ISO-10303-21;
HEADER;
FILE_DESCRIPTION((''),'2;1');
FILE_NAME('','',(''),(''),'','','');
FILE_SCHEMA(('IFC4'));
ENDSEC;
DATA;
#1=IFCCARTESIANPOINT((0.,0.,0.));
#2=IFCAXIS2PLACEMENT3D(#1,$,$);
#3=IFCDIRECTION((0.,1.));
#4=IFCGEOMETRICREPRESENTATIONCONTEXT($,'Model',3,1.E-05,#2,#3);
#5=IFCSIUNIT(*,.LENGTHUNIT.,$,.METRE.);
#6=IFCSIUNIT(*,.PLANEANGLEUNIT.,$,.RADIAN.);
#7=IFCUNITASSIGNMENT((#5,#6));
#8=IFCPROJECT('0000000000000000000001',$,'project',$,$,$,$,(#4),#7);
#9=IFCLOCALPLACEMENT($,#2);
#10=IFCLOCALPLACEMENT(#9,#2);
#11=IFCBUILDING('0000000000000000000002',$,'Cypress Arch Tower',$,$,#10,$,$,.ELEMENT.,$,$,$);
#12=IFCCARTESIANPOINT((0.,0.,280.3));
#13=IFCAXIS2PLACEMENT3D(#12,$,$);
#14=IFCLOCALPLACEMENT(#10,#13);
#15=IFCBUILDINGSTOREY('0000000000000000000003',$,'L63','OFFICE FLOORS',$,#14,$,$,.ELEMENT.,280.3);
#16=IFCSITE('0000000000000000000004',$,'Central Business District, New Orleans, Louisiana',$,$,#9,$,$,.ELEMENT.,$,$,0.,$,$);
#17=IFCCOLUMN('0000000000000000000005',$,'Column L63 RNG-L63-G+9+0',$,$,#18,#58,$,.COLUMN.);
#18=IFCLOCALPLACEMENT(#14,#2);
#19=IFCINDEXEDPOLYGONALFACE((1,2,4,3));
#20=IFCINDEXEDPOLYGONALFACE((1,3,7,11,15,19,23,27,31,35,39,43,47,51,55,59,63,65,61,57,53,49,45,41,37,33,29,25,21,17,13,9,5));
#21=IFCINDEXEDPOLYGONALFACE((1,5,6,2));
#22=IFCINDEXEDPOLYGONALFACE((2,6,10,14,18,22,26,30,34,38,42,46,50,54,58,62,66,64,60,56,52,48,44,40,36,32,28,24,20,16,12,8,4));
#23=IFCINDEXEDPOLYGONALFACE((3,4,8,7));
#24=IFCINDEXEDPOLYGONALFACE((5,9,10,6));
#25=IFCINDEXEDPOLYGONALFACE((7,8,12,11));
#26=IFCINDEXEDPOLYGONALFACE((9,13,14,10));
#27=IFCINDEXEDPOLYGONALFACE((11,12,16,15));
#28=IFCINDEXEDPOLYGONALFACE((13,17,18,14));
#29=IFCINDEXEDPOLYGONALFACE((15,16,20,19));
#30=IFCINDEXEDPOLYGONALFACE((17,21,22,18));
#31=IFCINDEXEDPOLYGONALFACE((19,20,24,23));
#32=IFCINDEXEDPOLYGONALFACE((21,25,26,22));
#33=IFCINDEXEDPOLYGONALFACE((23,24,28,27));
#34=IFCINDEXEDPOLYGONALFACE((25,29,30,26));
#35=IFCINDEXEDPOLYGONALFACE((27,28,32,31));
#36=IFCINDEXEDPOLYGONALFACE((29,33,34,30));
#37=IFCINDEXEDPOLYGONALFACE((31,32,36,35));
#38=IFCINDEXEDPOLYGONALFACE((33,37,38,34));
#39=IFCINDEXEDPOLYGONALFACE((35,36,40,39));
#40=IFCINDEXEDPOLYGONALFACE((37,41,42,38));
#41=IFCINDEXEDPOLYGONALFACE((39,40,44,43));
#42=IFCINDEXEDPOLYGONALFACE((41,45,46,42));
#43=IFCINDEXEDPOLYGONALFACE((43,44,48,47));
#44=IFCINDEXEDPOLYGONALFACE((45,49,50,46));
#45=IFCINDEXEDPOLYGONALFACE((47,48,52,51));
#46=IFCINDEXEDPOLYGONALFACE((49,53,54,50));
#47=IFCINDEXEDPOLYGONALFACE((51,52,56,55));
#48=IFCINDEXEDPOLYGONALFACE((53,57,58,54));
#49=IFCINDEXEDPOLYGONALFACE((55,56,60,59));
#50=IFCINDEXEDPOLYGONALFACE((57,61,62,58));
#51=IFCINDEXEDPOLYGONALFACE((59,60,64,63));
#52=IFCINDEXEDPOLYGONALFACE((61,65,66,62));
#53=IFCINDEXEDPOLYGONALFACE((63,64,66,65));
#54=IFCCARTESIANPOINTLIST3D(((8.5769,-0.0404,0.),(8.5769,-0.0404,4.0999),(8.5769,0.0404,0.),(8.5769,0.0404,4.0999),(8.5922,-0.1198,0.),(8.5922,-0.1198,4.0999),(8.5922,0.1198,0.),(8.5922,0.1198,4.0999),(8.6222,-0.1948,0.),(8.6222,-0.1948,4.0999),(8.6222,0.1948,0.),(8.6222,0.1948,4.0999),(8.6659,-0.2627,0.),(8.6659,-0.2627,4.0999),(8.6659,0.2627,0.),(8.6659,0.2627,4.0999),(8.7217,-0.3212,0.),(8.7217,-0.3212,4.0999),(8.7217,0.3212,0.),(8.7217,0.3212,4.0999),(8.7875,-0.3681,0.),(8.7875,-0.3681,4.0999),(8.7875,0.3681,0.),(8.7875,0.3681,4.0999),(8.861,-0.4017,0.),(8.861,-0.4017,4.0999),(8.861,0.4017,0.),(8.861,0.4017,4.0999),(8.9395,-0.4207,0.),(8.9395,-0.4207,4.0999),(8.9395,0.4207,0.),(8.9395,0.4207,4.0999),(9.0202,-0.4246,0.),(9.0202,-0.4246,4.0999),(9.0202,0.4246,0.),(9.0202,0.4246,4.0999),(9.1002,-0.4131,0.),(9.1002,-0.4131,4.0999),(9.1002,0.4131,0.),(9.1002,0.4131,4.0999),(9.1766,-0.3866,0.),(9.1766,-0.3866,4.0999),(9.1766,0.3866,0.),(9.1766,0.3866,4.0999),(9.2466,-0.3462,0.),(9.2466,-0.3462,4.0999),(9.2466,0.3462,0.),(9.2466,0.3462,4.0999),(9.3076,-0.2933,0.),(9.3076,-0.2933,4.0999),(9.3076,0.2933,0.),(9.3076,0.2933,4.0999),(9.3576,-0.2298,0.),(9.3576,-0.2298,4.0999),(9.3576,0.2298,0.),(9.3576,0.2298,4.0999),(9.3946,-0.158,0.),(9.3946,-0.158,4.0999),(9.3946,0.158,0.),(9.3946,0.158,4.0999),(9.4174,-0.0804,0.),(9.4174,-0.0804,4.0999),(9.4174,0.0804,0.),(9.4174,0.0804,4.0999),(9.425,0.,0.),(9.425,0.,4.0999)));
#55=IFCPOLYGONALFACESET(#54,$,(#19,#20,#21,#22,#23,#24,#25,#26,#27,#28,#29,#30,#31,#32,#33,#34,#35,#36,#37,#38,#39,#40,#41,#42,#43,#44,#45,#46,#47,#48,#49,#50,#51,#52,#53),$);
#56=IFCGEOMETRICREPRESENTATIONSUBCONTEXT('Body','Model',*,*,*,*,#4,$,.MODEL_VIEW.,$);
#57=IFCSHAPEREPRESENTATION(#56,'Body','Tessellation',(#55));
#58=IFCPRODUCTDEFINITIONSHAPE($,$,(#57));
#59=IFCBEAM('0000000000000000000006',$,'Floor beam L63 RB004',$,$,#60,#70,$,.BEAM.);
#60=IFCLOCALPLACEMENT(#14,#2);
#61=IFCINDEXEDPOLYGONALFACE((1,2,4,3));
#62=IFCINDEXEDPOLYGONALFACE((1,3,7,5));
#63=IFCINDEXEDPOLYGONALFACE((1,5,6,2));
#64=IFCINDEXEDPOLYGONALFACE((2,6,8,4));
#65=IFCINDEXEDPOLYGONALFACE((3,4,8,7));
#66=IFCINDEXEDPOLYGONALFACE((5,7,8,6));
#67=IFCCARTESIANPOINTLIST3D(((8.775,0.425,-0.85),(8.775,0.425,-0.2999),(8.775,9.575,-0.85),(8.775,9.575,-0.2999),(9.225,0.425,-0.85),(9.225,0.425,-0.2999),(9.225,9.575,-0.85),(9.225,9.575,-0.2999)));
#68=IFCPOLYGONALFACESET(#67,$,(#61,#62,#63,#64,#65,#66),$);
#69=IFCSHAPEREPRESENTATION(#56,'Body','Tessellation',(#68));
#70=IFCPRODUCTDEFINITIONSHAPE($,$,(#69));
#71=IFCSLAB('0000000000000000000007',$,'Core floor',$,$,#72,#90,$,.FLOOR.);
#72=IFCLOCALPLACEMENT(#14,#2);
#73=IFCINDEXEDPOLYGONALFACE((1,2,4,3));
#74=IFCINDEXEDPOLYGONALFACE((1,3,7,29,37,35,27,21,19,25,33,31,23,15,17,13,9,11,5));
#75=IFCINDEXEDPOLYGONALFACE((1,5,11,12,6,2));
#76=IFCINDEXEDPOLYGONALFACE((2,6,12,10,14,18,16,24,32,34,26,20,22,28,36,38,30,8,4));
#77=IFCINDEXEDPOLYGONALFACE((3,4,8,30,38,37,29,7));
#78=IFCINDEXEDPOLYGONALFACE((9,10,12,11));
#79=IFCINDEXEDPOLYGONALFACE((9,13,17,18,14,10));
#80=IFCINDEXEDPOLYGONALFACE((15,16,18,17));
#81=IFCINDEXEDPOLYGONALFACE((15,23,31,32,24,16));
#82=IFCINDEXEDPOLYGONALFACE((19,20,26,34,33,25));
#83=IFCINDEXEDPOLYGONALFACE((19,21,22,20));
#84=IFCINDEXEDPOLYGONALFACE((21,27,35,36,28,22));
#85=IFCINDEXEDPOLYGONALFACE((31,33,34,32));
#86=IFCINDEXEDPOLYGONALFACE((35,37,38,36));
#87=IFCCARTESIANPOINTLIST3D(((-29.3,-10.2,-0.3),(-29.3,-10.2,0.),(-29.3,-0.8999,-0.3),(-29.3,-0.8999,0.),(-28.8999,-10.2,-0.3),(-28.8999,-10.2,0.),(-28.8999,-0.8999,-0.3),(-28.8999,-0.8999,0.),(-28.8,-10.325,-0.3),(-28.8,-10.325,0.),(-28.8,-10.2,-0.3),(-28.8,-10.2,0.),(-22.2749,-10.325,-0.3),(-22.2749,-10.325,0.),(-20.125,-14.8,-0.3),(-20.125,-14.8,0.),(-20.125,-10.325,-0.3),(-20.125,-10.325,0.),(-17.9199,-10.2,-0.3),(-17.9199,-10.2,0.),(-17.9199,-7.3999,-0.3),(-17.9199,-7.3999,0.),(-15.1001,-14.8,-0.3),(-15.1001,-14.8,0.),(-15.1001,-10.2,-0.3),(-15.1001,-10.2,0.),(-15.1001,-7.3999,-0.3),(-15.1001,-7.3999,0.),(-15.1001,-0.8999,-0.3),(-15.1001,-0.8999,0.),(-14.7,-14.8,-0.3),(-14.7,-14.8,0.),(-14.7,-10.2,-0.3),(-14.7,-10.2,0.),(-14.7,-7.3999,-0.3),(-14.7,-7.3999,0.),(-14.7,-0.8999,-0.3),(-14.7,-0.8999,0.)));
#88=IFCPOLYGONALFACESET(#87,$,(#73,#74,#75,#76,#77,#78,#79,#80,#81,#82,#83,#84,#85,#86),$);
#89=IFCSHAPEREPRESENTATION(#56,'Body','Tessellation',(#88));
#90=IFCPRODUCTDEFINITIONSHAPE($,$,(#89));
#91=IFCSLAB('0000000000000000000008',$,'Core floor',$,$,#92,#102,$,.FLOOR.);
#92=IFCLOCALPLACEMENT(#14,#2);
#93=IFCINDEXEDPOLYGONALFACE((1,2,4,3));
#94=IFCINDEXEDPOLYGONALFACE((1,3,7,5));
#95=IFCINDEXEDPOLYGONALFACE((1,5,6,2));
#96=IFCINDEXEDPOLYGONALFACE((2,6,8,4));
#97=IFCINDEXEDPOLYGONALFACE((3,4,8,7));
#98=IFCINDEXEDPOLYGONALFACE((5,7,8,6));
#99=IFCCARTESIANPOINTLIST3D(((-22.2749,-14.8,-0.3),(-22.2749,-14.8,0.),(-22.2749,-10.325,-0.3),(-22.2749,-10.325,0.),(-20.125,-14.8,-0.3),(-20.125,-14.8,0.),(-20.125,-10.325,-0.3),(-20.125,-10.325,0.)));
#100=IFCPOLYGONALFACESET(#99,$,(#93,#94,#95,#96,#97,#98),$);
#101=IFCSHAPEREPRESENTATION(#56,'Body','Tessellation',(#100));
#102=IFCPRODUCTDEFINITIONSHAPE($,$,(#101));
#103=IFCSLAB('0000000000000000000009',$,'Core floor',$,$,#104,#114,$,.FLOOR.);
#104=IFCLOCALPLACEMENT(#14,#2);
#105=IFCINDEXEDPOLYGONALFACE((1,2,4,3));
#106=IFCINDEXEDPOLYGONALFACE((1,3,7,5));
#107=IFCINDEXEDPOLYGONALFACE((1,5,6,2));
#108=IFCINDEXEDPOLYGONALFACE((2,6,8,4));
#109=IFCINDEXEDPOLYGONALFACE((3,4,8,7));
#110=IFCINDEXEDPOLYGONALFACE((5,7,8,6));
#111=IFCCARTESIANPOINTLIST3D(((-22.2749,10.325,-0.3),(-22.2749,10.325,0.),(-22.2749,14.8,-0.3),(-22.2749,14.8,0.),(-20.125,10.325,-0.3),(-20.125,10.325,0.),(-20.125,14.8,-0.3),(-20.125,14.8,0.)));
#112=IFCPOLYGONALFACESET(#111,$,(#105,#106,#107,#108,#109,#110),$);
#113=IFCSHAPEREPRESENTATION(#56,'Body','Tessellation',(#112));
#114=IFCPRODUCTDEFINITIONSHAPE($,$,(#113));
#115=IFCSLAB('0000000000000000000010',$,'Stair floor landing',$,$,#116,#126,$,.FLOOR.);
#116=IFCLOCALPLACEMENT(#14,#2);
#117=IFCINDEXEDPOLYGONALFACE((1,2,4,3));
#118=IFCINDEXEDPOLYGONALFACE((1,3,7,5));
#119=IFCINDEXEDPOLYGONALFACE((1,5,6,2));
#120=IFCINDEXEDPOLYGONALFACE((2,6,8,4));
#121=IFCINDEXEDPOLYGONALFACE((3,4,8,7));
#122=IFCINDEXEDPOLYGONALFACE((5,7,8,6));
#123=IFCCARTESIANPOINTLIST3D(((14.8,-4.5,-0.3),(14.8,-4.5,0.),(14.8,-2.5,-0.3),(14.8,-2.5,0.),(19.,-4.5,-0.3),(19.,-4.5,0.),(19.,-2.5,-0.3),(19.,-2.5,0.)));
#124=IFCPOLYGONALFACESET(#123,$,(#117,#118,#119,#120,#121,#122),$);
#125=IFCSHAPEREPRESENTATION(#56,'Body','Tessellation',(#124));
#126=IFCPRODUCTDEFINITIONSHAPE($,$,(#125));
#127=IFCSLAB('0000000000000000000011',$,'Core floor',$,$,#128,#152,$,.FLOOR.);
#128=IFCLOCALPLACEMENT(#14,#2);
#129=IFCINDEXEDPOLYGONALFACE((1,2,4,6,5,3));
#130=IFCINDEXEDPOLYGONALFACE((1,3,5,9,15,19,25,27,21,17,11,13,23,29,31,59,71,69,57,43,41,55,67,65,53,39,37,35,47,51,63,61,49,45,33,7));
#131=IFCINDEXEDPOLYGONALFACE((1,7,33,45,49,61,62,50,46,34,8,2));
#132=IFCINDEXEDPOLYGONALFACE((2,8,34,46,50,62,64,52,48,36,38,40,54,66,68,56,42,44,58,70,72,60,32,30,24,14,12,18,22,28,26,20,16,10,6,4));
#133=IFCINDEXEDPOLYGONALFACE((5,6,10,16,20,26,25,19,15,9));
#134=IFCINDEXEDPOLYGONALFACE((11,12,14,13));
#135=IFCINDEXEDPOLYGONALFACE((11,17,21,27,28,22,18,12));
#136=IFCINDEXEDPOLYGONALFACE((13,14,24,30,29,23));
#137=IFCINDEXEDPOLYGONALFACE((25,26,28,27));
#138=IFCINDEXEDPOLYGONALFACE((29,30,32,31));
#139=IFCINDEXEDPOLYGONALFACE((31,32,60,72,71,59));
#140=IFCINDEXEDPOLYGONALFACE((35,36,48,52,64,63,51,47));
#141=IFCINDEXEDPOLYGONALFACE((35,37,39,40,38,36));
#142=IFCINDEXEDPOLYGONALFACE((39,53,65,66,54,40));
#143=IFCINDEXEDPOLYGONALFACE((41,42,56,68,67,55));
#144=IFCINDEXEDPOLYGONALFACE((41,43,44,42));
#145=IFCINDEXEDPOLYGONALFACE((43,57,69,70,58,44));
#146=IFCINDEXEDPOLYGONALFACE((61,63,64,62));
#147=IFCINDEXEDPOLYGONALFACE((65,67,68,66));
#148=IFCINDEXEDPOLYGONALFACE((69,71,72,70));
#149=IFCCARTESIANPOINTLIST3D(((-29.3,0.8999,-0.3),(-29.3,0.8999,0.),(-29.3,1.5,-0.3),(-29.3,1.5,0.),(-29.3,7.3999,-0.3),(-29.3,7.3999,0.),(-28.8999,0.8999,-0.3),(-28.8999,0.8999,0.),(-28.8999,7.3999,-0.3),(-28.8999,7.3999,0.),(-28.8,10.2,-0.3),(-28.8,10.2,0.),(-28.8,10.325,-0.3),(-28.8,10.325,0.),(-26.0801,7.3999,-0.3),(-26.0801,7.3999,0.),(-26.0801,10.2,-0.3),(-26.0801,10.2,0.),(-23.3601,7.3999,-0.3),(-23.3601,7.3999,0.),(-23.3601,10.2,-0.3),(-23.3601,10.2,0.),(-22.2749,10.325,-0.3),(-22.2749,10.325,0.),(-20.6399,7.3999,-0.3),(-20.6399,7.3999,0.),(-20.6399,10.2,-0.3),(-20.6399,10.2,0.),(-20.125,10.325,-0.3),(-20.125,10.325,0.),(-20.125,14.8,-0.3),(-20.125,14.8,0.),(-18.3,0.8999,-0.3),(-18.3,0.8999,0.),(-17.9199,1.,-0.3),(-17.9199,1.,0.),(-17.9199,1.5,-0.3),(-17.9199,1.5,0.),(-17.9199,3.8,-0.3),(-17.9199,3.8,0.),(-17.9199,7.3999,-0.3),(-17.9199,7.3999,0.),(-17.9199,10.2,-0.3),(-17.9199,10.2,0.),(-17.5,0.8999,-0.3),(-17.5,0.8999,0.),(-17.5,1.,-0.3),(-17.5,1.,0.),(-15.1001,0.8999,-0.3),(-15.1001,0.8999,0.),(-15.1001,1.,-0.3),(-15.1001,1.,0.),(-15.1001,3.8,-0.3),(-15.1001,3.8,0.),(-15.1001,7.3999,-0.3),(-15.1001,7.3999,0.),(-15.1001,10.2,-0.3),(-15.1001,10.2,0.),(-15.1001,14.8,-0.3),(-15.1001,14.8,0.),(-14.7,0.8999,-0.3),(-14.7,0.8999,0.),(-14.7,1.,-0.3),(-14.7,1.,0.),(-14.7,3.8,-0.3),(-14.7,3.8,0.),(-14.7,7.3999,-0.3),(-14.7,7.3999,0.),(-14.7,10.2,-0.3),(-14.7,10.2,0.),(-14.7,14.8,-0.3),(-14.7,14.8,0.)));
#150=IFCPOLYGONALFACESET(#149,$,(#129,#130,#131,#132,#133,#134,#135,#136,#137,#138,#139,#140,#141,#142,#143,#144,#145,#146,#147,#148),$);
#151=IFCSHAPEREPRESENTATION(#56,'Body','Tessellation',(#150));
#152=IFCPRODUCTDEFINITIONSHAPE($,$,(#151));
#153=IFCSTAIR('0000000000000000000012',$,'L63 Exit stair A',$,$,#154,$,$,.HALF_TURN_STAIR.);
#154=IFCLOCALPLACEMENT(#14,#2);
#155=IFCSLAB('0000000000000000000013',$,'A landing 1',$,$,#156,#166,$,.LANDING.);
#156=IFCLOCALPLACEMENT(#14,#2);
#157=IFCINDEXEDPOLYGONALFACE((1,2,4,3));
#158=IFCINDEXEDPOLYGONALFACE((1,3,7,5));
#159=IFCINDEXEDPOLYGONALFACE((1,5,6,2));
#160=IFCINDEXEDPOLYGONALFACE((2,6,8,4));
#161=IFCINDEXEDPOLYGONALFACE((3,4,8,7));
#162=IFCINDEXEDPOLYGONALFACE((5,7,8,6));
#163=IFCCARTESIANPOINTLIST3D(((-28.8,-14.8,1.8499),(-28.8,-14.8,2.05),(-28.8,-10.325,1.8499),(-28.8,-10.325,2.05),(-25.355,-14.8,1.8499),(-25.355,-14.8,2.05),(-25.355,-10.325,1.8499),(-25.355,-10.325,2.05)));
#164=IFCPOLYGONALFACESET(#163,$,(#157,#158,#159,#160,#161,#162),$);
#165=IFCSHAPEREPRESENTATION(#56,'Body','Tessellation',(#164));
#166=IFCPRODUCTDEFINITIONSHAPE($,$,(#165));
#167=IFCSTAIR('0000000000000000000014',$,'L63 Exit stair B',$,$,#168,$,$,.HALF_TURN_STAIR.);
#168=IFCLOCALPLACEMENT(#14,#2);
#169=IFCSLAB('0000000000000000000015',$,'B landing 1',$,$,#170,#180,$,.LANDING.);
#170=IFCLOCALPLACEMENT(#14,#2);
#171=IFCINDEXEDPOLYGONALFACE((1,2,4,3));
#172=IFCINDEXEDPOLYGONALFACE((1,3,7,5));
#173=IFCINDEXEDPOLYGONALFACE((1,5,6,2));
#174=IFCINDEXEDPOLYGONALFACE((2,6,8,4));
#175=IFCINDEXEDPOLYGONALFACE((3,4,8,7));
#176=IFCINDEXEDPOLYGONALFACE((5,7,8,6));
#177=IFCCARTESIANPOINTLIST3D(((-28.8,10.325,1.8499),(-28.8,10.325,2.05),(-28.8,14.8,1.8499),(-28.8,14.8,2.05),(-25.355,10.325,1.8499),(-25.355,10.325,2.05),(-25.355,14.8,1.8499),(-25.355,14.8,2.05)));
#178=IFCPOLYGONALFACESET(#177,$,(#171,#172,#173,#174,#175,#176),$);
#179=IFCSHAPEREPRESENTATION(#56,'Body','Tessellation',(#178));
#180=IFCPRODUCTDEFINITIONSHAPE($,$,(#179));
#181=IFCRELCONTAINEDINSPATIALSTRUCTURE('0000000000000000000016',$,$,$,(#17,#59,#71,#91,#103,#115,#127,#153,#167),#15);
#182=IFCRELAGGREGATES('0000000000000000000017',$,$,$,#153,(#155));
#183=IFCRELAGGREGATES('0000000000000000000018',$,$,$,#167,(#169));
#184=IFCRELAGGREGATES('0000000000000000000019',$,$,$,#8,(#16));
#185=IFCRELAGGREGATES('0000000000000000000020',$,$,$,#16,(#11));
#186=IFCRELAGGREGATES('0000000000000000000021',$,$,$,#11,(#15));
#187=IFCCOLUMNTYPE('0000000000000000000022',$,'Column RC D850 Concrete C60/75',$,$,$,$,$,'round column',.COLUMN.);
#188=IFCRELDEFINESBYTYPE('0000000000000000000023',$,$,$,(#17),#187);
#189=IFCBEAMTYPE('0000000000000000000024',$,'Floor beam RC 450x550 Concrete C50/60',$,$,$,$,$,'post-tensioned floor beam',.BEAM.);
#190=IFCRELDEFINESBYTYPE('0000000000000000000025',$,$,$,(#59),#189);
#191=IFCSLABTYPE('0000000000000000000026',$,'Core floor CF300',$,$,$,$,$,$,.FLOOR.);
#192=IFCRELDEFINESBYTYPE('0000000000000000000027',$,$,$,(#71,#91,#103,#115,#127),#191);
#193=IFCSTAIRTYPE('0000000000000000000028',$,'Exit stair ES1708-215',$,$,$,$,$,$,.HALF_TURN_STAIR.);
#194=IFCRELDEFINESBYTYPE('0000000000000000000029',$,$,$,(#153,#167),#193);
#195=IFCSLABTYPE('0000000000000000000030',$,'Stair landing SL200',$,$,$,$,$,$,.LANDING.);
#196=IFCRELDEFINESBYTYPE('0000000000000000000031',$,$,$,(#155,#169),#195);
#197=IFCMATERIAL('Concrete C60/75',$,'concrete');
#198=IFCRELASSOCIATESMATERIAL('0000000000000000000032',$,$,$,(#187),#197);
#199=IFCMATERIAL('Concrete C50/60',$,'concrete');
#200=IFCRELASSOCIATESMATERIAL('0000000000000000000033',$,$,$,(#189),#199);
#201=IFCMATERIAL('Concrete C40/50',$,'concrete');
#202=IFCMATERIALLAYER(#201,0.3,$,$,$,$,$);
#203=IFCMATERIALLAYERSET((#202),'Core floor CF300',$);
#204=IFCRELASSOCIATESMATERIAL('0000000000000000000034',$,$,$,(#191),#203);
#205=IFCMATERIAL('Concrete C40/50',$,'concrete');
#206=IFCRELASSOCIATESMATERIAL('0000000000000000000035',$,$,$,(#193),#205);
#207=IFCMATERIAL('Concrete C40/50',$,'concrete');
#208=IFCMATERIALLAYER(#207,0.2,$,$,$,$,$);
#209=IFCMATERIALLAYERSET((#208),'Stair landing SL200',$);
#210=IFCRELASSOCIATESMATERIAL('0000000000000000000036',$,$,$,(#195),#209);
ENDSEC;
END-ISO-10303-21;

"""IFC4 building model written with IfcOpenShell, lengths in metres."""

from ifc_helpers import new_model, si_unit, direction, frame, origin, origin_2d, place, context, subcontext, project, spatial, polyline, rectangle, circle, outline, extrude, material, layer, layer_set, material_profile, profile_set, type_object, element, aggregate, save


model = new_model("IFC4")

# Units and contexts
model_context = context("Model", 3, precision=1e-05, world=origin(), true_north=direction((0.0, 1.0)))
body_context = subcontext(model_context, "Body", "Model", "MODEL_VIEW")
ifc_project = project(units=[si_unit("LENGTHUNIT", "METRE"), si_unit("PLANEANGLEUNIT", "RADIAN")], contexts=[model_context])

# Site, building, storey
site_placement = place(None, origin())
site = spatial("IfcSite", under=ifc_project, at=site_placement, Name="Central Business District, New Orleans, Louisiana", CompositionType="ELEMENT", RefElevation=0.0)
building_placement = place(site_placement, origin())
building = spatial("IfcBuilding", under=site, at=building_placement, Name="Cypress Arch Tower", CompositionType="ELEMENT")
storey_placement = place(building_placement, frame((0.0, 0.0, 280.3)))
storey = spatial("IfcBuildingStorey", under=building, at=storey_placement, Name="L63", Description="OFFICE FLOORS", CompositionType="ELEMENT", Elevation=280.3)

# Column
ifc_material_1 = material(Name="Concrete C60/75", Category="concrete")
ifc_material_profile_1 = material_profile(ifc_material_1, circle(Radius=0.425, at=origin_2d()), Name="RC D850")
ifc_profile_set_1 = profile_set([ifc_material_profile_1], Name="Concrete C60/75")
column_type = type_object("IfcColumnType", Name="Column RC D850 Concrete C60/75", ElementType="round column", PredefinedType="COLUMN", material=ifc_profile_set_1)
column_placement = place(storey_placement, frame((9.0, 0.0, 0.0), z_axis=(0.0, 0.0, 1.0), x_axis=(1.0, 0.0, 0.0)))
element("IfcColumn", 1, at=column_placement, inside=storey, type_object=column_type, Name="Column L63 RNG-L63-G+9+0", PredefinedType="COLUMN", context=body_context, shape_type="SweptSolid", body=[
    extrude(circle(Radius=0.425, at=origin_2d()), origin(), (0.0, 0.0, 1.0), 4.0999),
])

# Beam
ifc_material_2 = material(Name="Concrete C50/60", Category="concrete")
ifc_material_profile_2 = material_profile(ifc_material_2, rectangle(XDim=0.45, YDim=0.55, at=origin_2d()), Name="RC 450x550")
ifc_profile_set_2 = profile_set([ifc_material_profile_2], Name="Concrete C50/60")
beam_type = type_object("IfcBeamType", Name="Floor beam RC 450x550 Concrete C50/60", ElementType="post-tensioned floor beam", PredefinedType="BEAM", material=ifc_profile_set_2)
beam_placement = place(storey_placement, frame((9.0, 0.425, -0.575), z_axis=(0.0, 1.0, 0.0), x_axis=(-1.0, 0.0, 0.0)))
element("IfcBeam", 2, at=beam_placement, inside=storey, type_object=beam_type, Name="Floor beam L63 RB004", PredefinedType="BEAM", context=body_context, shape_type="SweptSolid", body=[
    extrude(rectangle(XDim=0.45, YDim=0.55, at=origin_2d()), origin(), (0.0, 0.0, 1.0), 9.1499),
])

# Slabs
ifc_material_3 = material(Name="Concrete C40/50", Category="concrete")
ifc_layer_1 = layer(ifc_material_3, 0.3)
ifc_layer_set_1 = layer_set([ifc_layer_1], Name="Core floor CF300")
slab_type_1 = type_object("IfcSlabType", Name="Core floor CF300", PredefinedType="FLOOR", material=ifc_layer_set_1)
slab_1_placement = place(storey_placement, frame((0.0, 0.0, -0.3)))
element("IfcSlab", 3, at=slab_1_placement, inside=storey, type_object=slab_type_1, Name="Core floor", PredefinedType="FLOOR", context=body_context, shape_type="SweptSolid", body=[
    extrude(outline(polyline([(-28.8999, -10.2), (-29.3, -10.2), (-29.3, -0.8999), (-28.8999, -0.8999), (-15.1001, -0.8999), (-14.7, -0.8999), (-14.7, -7.3999), (-15.1001, -7.3999), (-17.9199, -7.3999), (-17.9199, -10.2), (-15.1001, -10.2), (-14.7, -10.2), (-14.7, -14.8), (-15.1001, -14.8), (-20.125, -14.8), (-20.125, -10.325), (-22.2749, -10.325), (-28.8, -10.325), (-28.8, -10.2), (-28.8999, -10.2)])), origin(), (0.0, 0.0, 1.0), 0.3),
])
slab_2_placement = place(storey_placement, frame((0.0, 0.0, -0.3)))
element("IfcSlab", 4, at=slab_2_placement, inside=storey, type_object=slab_type_1, Name="Core floor", PredefinedType="FLOOR", context=body_context, shape_type="SweptSolid", body=[
    extrude(outline(polyline([(-22.2749, -10.325), (-22.2749, -14.8), (-20.125, -14.8), (-20.125, -10.325), (-22.2749, -10.325)])), origin(), (0.0, 0.0, 1.0), 0.3),
])
slab_3_placement = place(storey_placement, frame((0.0, 0.0, -0.3)))
element("IfcSlab", 5, at=slab_3_placement, inside=storey, type_object=slab_type_1, Name="Core floor", PredefinedType="FLOOR", context=body_context, shape_type="SweptSolid", body=[
    extrude(outline(polyline([(-20.125, 14.8), (-22.2749, 14.8), (-22.2749, 10.325), (-20.125, 10.325), (-20.125, 14.8)])), origin(), (0.0, 0.0, 1.0), 0.3),
])
slab_4_placement = place(storey_placement, frame((0.0, 0.0, -0.3)))
element("IfcSlab", 6, at=slab_4_placement, inside=storey, type_object=slab_type_1, Name="Stair floor landing", PredefinedType="FLOOR", context=body_context, shape_type="SweptSolid", body=[
    extrude(outline(polyline([(19.0, -4.5), (19.0, -2.5), (14.8, -2.5), (14.8, -4.5), (19.0, -4.5)])), origin(), (0.0, 0.0, 1.0), 0.3),
])
slab_5_placement = place(storey_placement, frame((0.0, 0.0, -0.3)))
element("IfcSlab", 7, at=slab_5_placement, inside=storey, type_object=slab_type_1, Name="Core floor", PredefinedType="FLOOR", context=body_context, shape_type="SweptSolid", body=[
    extrude(outline(polyline([(-20.6399, 10.2), (-23.3601, 10.2), (-26.0801, 10.2), (-28.8, 10.2), (-28.8, 10.325), (-22.2749, 10.325), (-20.125, 10.325), (-20.125, 14.8), (-15.1001, 14.8), (-14.7, 14.8), (-14.7, 10.2), (-15.1001, 10.2), (-17.9199, 10.2), (-17.9199, 7.3999), (-15.1001, 7.3999), (-14.7, 7.3999), (-14.7, 3.8), (-15.1001, 3.8), (-17.9199, 3.8), (-17.9199, 1.5), (-17.9199, 1.0), (-17.5, 1.0), (-15.1001, 1.0), (-14.7, 1.0), (-14.7, 0.8999), (-15.1001, 0.8999), (-17.5, 0.8999), (-18.3, 0.8999), (-28.8999, 0.8999), (-29.3, 0.8999), (-29.3, 1.5), (-29.3, 7.3999), (-28.8999, 7.3999), (-26.0801, 7.3999), (-23.3601, 7.3999), (-20.6399, 7.3999), (-20.6399, 10.2)])), origin(), (0.0, 0.0, 1.0), 0.3),
])

# Stairs, slabs
ifc_material_4 = material(Name="Concrete C40/50", Category="concrete")
stair_type_1 = type_object("IfcStairType", Name="Exit stair ES1708-215", PredefinedType="HALF_TURN_STAIR", material=ifc_material_4)
stair_1_placement = place(storey_placement, origin())
stair_1 = element("IfcStair", 8, at=stair_1_placement, inside=storey, type_object=stair_type_1, Name="L63 Exit stair A", PredefinedType="HALF_TURN_STAIR")
ifc_material_5 = material(Name="Concrete C40/50", Category="concrete")
ifc_layer_2 = layer(ifc_material_5, 0.2)
ifc_layer_set_2 = layer_set([ifc_layer_2], Name="Stair landing SL200")
slab_type_2 = type_object("IfcSlabType", Name="Stair landing SL200", PredefinedType="LANDING", material=ifc_layer_set_2)
slab_6_placement = place(storey_placement, frame((0.0, 0.0, 1.8499)))
slab_6 = element("IfcSlab", 9, at=slab_6_placement, type_object=slab_type_2, Name="A landing 1", PredefinedType="LANDING", context=body_context, shape_type="SweptSolid", body=[
    extrude(outline(polyline([(-25.355, -10.325), (-28.8, -10.325), (-28.8, -14.8), (-25.355, -14.8), (-25.355, -10.325)])), origin(), (0.0, 0.0, 1.0), 0.2002),
])
aggregate(stair_1, [slab_6])
stair_2_placement = place(storey_placement, origin())
stair_2 = element("IfcStair", 10, at=stair_2_placement, inside=storey, type_object=stair_type_1, Name="L63 Exit stair B", PredefinedType="HALF_TURN_STAIR")
slab_7_placement = place(storey_placement, frame((0.0, 0.0, 1.8499)))
slab_7 = element("IfcSlab", 11, at=slab_7_placement, type_object=slab_type_2, Name="B landing 1", PredefinedType="LANDING", context=body_context, shape_type="SweptSolid", body=[
    extrude(outline(polyline([(-25.355, 14.8), (-28.8, 14.8), (-28.8, 10.325), (-25.355, 10.325), (-25.355, 14.8)])), origin(), (0.0, 0.0, 1.0), 0.2002),
])
aggregate(stair_2, [slab_7])

save(model, "model.ifc")
